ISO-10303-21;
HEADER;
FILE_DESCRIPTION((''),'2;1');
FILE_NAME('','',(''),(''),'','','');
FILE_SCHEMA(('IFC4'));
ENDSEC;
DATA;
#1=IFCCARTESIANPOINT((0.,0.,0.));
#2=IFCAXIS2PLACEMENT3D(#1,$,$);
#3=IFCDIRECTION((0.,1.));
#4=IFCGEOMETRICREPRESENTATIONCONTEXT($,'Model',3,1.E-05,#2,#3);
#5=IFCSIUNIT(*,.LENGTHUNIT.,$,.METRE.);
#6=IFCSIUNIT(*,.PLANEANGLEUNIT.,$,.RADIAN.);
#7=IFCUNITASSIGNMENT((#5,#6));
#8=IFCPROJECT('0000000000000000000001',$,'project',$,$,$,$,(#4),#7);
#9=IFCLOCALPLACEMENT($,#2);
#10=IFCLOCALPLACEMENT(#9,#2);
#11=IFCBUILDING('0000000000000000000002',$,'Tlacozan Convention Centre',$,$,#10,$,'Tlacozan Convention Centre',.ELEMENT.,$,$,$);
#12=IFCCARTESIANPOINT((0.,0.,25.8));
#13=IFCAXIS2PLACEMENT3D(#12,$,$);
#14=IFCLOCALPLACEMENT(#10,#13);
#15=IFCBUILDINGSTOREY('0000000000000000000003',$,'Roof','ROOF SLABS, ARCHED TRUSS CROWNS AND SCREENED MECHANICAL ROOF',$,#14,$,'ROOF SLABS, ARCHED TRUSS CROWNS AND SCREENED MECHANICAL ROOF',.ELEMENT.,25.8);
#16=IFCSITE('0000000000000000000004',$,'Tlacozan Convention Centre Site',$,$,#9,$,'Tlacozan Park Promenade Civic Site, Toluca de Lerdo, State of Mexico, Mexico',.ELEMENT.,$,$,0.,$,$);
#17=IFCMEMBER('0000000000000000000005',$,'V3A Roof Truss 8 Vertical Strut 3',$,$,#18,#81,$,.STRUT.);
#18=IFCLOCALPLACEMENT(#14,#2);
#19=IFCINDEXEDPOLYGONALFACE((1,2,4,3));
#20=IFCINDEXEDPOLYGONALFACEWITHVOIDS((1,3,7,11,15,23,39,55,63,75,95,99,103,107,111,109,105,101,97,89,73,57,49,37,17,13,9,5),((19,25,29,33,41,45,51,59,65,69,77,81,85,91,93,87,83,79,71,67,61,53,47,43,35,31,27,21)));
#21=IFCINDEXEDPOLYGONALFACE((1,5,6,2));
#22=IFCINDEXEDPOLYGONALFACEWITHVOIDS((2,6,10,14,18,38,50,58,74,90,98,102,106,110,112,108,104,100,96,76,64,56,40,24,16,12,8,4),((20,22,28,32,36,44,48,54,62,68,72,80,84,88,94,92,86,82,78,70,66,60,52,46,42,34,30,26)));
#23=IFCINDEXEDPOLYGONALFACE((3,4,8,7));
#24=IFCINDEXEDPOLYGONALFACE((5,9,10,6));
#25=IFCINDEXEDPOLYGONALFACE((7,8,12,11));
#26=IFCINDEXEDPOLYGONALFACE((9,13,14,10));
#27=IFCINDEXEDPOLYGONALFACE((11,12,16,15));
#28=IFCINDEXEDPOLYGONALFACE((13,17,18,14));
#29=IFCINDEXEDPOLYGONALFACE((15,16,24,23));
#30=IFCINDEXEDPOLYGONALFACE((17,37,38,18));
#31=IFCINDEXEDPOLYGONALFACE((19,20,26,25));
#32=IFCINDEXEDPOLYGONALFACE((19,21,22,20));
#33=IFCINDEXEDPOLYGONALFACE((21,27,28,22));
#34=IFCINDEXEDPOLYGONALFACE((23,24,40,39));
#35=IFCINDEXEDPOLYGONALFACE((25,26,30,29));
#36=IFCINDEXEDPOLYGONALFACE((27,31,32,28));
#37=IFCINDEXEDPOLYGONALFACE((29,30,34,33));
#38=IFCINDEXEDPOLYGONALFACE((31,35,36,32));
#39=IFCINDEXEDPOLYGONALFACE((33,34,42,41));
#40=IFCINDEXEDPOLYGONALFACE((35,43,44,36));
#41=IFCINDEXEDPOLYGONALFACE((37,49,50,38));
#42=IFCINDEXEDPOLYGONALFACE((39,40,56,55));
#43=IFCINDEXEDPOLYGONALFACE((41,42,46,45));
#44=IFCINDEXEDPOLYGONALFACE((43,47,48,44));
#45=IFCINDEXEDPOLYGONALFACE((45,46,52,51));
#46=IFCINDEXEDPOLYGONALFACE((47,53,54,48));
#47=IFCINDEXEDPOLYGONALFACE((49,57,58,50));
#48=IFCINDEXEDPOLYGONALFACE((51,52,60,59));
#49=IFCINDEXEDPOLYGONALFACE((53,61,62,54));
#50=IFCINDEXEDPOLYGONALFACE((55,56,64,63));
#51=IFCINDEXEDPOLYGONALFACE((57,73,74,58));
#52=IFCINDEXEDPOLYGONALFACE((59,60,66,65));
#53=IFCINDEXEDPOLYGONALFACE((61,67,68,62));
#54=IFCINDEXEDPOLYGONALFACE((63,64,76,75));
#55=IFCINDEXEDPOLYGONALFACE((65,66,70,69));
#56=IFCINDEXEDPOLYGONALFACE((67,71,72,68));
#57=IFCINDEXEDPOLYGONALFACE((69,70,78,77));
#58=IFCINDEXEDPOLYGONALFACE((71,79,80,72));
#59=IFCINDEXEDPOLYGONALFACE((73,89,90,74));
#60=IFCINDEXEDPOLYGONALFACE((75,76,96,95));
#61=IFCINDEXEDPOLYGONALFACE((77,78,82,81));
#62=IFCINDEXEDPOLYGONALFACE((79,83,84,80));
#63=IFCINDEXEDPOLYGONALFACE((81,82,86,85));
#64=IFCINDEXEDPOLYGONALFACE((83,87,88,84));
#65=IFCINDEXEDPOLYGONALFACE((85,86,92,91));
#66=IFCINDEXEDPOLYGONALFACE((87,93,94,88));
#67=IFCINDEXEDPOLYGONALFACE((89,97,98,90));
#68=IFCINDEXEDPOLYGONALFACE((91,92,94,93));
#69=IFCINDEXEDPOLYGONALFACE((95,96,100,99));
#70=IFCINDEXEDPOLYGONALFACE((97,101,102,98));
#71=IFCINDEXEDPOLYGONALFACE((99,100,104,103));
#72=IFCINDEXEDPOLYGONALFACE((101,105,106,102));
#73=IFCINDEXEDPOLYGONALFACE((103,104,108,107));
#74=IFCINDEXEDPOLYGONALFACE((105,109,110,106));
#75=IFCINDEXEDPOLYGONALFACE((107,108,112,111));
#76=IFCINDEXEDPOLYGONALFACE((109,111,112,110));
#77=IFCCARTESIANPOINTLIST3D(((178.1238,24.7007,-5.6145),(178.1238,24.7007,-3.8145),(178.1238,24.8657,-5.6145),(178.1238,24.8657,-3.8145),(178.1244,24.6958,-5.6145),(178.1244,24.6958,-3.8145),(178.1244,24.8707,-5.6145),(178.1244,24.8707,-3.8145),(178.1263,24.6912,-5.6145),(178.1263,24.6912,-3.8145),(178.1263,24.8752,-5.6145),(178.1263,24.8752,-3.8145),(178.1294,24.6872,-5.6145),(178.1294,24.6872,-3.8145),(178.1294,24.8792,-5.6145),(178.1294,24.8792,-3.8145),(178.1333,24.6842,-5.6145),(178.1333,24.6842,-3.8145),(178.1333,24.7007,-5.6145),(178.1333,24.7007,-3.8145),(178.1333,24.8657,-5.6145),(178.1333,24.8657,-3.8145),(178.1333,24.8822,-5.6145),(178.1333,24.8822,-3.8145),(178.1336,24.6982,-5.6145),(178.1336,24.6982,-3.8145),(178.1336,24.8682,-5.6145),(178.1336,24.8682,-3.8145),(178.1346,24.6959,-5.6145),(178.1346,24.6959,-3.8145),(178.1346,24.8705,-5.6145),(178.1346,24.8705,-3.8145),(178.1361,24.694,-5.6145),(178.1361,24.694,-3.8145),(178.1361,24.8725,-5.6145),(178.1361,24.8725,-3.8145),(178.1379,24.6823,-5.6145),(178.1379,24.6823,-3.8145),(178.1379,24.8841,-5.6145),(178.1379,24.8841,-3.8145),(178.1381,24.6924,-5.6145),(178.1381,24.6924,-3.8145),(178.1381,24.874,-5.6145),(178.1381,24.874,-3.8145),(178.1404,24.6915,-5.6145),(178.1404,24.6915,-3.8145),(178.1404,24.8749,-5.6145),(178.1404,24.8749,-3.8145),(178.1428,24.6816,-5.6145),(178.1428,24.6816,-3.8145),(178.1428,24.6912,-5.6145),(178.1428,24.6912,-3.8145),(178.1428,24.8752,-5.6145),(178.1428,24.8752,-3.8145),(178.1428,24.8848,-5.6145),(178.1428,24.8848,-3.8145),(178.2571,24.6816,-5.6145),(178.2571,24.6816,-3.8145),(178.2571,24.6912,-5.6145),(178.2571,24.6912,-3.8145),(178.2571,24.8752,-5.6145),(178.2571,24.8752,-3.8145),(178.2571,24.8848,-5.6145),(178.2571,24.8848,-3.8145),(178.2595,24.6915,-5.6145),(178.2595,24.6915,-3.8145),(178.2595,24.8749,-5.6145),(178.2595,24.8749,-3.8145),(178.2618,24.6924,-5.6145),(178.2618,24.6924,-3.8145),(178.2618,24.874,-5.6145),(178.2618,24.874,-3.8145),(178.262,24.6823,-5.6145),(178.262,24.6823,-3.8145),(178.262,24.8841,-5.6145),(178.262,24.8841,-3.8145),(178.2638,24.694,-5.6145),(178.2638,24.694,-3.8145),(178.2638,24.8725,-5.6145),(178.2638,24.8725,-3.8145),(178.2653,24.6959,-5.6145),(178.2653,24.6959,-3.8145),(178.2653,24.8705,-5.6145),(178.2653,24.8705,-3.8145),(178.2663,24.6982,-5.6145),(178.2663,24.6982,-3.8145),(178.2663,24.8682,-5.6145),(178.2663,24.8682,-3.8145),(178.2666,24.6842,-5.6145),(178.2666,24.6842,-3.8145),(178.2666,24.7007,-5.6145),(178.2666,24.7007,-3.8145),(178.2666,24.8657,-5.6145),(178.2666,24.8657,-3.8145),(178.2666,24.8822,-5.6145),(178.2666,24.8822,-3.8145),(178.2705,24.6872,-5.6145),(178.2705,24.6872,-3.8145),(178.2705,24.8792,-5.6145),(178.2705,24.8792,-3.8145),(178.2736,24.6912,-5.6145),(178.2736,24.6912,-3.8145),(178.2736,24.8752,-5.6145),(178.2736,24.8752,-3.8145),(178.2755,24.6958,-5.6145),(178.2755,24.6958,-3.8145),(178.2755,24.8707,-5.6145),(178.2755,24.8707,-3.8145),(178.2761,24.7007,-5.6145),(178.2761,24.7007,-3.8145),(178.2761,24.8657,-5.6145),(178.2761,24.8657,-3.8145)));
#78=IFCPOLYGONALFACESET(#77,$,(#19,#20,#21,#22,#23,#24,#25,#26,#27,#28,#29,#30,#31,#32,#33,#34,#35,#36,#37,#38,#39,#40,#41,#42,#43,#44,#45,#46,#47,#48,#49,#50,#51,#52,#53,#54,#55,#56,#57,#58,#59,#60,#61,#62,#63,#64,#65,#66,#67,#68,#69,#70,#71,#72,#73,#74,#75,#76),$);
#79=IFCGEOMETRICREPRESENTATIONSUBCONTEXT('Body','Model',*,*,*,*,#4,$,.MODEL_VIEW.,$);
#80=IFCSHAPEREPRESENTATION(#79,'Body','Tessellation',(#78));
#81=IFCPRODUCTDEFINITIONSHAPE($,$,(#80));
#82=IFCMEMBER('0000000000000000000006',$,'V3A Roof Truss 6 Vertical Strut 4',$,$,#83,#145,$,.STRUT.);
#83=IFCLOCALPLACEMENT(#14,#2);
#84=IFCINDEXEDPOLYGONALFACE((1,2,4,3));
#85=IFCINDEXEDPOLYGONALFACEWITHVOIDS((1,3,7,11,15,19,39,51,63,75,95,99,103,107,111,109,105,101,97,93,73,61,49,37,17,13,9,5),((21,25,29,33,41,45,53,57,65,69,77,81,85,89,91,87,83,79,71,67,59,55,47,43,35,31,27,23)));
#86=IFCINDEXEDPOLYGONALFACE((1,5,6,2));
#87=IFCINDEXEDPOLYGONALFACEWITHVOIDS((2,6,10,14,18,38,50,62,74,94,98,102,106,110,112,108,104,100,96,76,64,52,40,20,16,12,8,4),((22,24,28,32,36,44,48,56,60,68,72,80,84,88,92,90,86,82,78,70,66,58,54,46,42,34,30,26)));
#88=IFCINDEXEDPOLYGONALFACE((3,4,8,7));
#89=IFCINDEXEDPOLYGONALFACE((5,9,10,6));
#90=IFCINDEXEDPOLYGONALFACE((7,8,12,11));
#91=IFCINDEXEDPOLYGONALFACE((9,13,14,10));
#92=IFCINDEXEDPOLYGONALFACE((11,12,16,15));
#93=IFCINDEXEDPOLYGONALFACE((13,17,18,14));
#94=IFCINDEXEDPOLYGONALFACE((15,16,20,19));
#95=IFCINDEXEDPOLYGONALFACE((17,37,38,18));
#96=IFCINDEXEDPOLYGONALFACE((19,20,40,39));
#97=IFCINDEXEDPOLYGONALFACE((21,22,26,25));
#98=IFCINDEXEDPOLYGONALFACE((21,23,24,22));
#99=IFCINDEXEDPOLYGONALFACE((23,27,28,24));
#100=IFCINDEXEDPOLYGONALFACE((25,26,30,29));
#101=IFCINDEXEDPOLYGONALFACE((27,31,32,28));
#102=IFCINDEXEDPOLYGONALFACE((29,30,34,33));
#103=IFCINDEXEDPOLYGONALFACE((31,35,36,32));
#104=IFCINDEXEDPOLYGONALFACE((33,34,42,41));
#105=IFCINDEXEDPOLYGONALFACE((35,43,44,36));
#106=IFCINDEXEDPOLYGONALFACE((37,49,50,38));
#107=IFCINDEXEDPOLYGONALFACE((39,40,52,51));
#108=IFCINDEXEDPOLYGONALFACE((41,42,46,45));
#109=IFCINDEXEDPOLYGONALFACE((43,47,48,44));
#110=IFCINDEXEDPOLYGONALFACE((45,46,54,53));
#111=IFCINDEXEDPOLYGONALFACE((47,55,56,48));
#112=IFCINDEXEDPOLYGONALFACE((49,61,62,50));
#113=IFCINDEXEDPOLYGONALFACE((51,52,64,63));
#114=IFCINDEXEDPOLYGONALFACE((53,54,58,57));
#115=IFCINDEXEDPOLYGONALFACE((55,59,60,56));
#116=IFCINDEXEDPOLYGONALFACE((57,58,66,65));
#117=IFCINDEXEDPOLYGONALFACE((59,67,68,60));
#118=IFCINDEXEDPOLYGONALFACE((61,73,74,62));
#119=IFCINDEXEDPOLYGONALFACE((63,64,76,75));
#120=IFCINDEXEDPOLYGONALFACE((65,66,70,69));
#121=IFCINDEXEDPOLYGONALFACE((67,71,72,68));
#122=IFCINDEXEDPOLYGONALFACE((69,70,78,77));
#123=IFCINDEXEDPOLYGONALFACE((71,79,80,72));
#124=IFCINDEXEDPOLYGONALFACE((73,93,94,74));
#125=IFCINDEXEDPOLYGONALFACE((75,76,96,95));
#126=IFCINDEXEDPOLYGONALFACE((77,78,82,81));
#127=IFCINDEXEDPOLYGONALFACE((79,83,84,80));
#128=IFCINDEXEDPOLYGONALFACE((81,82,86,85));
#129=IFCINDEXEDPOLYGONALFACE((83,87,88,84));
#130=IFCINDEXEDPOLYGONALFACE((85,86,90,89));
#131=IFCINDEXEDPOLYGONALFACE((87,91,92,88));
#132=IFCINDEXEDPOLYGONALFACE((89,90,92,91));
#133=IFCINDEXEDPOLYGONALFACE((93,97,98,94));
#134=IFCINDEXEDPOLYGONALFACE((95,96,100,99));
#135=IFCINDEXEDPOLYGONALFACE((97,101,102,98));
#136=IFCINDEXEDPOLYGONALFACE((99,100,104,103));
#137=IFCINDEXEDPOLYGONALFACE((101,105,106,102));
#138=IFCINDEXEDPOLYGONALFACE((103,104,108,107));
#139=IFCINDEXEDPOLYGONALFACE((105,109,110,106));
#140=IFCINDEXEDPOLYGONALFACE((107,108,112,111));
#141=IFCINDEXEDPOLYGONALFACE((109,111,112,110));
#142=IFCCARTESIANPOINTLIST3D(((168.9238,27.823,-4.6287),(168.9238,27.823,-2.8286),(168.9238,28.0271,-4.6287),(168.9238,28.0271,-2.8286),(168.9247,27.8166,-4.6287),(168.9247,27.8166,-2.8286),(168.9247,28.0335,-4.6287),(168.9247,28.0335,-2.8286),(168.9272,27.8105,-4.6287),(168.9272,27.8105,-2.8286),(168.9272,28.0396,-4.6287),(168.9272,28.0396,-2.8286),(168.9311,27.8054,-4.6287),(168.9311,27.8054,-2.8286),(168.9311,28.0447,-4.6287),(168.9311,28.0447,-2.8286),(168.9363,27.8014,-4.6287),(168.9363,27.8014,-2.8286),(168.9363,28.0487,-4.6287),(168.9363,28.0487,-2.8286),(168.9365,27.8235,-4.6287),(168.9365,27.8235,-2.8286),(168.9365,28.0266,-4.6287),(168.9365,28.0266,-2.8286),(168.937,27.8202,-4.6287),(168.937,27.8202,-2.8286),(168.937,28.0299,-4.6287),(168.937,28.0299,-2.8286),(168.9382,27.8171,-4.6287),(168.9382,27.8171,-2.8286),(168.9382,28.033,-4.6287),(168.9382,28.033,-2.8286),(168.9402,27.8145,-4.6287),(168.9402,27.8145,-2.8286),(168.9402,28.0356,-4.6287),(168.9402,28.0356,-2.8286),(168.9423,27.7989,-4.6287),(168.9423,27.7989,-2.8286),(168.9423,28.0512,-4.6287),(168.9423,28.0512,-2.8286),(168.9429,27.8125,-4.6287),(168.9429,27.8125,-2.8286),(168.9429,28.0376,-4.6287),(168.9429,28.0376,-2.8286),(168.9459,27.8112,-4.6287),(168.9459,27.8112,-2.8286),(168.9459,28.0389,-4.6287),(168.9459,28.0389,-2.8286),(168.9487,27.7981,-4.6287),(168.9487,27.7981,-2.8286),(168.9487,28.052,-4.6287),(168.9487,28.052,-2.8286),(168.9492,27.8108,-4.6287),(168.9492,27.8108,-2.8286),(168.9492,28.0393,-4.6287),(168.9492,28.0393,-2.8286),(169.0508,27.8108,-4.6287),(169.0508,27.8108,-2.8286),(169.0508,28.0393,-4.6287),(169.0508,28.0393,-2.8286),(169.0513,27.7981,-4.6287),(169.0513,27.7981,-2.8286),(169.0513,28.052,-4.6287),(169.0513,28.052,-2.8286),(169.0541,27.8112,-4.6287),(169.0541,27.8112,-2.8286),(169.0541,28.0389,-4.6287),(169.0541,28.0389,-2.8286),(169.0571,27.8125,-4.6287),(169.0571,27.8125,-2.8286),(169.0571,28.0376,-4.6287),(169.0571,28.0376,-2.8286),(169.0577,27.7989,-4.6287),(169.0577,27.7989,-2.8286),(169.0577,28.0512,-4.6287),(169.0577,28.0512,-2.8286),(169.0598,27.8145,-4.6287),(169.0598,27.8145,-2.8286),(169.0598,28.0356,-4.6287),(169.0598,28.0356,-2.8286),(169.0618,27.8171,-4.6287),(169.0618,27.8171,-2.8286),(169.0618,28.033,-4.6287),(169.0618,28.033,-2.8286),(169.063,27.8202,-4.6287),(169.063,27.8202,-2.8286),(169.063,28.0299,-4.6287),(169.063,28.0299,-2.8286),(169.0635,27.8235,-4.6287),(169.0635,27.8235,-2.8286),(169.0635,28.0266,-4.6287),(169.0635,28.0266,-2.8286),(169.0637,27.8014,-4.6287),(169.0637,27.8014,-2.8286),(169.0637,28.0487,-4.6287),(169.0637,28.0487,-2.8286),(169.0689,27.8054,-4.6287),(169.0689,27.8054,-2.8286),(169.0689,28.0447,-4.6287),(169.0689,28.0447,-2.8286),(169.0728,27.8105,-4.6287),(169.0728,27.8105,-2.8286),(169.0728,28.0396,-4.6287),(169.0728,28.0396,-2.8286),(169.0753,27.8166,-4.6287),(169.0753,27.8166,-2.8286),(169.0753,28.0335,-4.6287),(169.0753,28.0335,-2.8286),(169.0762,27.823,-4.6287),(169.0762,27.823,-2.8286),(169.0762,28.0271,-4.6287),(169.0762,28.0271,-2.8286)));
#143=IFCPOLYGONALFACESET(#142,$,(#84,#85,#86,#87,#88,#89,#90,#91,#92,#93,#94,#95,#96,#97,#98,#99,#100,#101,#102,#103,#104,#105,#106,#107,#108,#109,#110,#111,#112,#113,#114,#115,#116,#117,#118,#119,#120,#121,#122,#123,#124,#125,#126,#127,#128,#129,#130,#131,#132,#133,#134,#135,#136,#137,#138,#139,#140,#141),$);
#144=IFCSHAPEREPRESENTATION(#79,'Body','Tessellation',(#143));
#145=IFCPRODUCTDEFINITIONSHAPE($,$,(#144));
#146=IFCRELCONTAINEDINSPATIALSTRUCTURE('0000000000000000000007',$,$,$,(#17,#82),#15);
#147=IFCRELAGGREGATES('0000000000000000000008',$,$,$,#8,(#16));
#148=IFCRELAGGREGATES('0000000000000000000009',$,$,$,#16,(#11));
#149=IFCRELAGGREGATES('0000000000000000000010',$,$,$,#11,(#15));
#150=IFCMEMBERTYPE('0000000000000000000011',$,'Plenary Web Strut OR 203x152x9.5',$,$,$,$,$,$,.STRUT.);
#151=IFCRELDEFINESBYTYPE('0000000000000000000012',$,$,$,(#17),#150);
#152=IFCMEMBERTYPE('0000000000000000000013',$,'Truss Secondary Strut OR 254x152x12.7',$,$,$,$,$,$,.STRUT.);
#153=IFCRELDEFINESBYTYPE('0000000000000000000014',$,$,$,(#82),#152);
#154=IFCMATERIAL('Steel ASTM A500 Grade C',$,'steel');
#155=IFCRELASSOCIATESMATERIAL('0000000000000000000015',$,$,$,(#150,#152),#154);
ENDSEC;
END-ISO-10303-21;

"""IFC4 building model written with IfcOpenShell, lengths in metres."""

from ifc_helpers import new_model, si_unit, direction, frame, origin, origin_2d, place, context, subcontext, project, spatial, hollow_rectangle, extrude, material, material_profile, profile_set, type_object, element, save


model = new_model("IFC4")

# Units and contexts
model_context = context("Model", 3, precision=1e-05, world=origin(), true_north=direction((0.0, 1.0)))
body_context = subcontext(model_context, "Body", "Model", "MODEL_VIEW")
ifc_project = project(units=[si_unit("LENGTHUNIT", "METRE"), si_unit("PLANEANGLEUNIT", "RADIAN")], contexts=[model_context])

# Site, building, storey
site_placement = place(None, origin())
site = spatial("IfcSite", under=ifc_project, at=site_placement, Name="Tlacozan Convention Centre Site", LongName="Tlacozan Park Promenade Civic Site, Toluca de Lerdo, State of Mexico, Mexico", CompositionType="ELEMENT", RefElevation=0.0)
building_placement = place(site_placement, origin())
building = spatial("IfcBuilding", under=site, at=building_placement, Name="Tlacozan Convention Centre", LongName="Tlacozan Convention Centre", CompositionType="ELEMENT")
storey_placement = place(building_placement, frame((0.0, 0.0, 25.8)))
storey = spatial("IfcBuildingStorey", under=building, at=storey_placement, Name="Roof", Description="ROOF SLABS, ARCHED TRUSS CROWNS AND SCREENED MECHANICAL ROOF", LongName="ROOF SLABS, ARCHED TRUSS CROWNS AND SCREENED MECHANICAL ROOF", CompositionType="ELEMENT", Elevation=25.8)

# Members
ifc_material_1 = material(Name="Steel ASTM A500 Grade C", Category="steel")
ifc_material_profile_1 = material_profile(ifc_material_1, hollow_rectangle(XDim=0.1523, YDim=0.2031, WallThickness=0.0095, InnerFilletRadius=0.0095, OuterFilletRadius=0.019, at=origin_2d()), Name="OR 203x152x9.5")
ifc_profile_set_1 = profile_set([ifc_material_profile_1], Name="Steel ASTM A500 Grade C")
member_type_1 = type_object("IfcMemberType", Name="Plenary Web Strut OR 203x152x9.5", PredefinedType="STRUT", material=ifc_profile_set_1)
for number, where, z_axis, x_axis, name in (
    (1, (178.2, 24.7832, -5.6145), (0.0, 0.0, 1.0), (1.0, 0.0, 0.0), "V3A Roof Truss 8 Vertical Strut 3"),
):
    element("IfcMember", number, at=place(storey_placement, frame(where, z_axis=z_axis, x_axis=x_axis)), inside=storey, type_object=member_type_1, Name=name, PredefinedType="STRUT", context=body_context, shape_type="SweptSolid", body=[
        extrude(hollow_rectangle(XDim=0.1523, YDim=0.2031, WallThickness=0.0095, InnerFilletRadius=0.0095, OuterFilletRadius=0.019, at=origin_2d()), origin(), (0.0, 0.0, 1.0), 1.8),
    ])
ifc_material_profile_2 = material_profile(ifc_material_1, hollow_rectangle(XDim=0.1523, YDim=0.2539, WallThickness=0.0127, InnerFilletRadius=0.0127, OuterFilletRadius=0.0249, at=origin_2d()), Name="OR 254x152x12.7")
ifc_profile_set_2 = profile_set([ifc_material_profile_2], Name="Steel ASTM A500 Grade C")
member_type_2 = type_object("IfcMemberType", Name="Truss Secondary Strut OR 254x152x12.7", PredefinedType="STRUT", material=ifc_profile_set_2)
for number, where, z_axis, x_axis, name in (
    (2, (169.0, 27.925, -4.6287), (0.0, 0.0, 1.0), (1.0, 0.0, 0.0), "V3A Roof Truss 6 Vertical Strut 4"),
):
    element("IfcMember", number, at=place(storey_placement, frame(where, z_axis=z_axis, x_axis=x_axis)), inside=storey, type_object=member_type_2, Name=name, PredefinedType="STRUT", context=body_context, shape_type="SweptSolid", body=[
        extrude(hollow_rectangle(XDim=0.1523, YDim=0.2539, WallThickness=0.0127, InnerFilletRadius=0.0127, OuterFilletRadius=0.0249, at=origin_2d()), origin(), (0.0, 0.0, 1.0), 1.8),
    ])

save(model, "model.ifc")
